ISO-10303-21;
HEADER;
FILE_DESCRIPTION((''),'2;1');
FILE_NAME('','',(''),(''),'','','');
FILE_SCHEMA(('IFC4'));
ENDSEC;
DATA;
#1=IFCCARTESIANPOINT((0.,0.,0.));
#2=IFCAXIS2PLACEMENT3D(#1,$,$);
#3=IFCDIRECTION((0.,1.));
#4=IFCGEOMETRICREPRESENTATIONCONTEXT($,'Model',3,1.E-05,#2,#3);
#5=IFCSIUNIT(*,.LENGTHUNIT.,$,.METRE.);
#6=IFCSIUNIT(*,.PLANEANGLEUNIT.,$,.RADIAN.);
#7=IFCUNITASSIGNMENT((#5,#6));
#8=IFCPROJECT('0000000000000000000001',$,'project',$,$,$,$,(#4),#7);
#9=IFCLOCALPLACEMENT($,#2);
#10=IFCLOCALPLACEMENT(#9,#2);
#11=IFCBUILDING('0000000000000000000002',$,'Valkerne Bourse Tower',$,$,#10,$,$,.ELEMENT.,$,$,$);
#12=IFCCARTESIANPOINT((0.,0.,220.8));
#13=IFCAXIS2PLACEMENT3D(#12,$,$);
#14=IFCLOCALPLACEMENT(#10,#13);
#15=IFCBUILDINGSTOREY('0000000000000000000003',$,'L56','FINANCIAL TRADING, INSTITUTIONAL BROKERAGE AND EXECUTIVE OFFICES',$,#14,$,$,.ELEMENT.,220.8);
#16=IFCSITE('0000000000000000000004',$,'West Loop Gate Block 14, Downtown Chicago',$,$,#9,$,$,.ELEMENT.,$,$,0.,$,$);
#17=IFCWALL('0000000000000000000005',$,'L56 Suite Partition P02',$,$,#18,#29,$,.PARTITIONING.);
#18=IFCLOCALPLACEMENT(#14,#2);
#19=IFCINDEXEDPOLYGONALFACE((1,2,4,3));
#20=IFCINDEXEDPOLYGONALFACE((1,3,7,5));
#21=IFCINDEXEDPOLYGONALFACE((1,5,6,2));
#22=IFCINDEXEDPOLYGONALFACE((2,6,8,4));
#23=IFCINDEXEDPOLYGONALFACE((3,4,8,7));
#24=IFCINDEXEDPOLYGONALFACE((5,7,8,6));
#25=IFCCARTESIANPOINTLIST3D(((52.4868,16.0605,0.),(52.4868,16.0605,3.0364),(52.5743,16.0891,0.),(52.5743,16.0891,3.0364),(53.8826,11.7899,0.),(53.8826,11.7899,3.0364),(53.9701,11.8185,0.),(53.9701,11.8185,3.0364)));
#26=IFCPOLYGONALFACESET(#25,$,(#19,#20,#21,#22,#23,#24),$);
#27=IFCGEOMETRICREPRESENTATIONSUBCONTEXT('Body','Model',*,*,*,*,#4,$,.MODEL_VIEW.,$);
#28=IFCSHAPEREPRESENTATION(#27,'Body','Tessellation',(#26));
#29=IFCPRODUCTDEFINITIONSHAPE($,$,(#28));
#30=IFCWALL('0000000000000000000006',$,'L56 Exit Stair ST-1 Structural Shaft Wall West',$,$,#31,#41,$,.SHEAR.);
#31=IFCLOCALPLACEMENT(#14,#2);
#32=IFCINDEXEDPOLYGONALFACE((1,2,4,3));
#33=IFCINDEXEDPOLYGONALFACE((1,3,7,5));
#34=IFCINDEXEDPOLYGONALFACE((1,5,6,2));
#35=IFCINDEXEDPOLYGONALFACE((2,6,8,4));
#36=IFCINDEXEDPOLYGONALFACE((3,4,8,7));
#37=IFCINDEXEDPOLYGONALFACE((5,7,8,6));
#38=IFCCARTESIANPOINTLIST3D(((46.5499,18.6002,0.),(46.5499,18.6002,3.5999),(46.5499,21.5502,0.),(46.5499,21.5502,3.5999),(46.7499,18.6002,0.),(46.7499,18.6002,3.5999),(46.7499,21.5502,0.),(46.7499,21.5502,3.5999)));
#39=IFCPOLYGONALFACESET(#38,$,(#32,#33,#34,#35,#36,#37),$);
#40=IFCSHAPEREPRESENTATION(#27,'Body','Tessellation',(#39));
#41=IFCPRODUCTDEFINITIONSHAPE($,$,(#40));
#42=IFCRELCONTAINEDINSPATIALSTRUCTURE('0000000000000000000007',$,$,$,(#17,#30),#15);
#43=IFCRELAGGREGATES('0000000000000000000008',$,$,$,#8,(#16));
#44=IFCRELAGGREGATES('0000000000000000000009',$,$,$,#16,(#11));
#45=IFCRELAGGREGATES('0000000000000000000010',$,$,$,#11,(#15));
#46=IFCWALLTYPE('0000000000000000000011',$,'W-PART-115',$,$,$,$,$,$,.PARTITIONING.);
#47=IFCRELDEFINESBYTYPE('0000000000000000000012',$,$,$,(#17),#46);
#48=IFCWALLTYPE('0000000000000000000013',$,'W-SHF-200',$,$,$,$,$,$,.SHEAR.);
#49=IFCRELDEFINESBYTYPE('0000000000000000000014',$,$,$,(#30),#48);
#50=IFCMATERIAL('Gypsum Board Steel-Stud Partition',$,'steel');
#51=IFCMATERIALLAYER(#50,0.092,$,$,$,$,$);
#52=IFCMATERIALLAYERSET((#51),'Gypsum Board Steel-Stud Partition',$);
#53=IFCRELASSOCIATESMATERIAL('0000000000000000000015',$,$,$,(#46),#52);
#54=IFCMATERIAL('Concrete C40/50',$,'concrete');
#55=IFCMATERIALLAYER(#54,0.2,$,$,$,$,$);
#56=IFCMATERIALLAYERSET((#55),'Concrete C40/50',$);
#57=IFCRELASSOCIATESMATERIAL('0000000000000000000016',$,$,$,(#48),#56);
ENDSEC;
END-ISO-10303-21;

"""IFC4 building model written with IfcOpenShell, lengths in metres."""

from ifc_helpers import new_model, si_unit, direction, frame, frame_2d, origin, place, context, subcontext, project, spatial, rectangle, extrude, material, layer, layer_set, type_object, element, save


model = new_model("IFC4")

# Units and contexts
model_context = context("Model", 3, precision=1e-05, world=origin(), true_north=direction((0.0, 1.0)))
body_context = subcontext(model_context, "Body", "Model", "MODEL_VIEW")
ifc_project = project(units=[si_unit("LENGTHUNIT", "METRE"), si_unit("PLANEANGLEUNIT", "RADIAN")], contexts=[model_context])

# Site, building, storey
site_placement = place(None, origin())
site = spatial("IfcSite", under=ifc_project, at=site_placement, Name="West Loop Gate Block 14, Downtown Chicago", CompositionType="ELEMENT", RefElevation=0.0)
building_placement = place(site_placement, origin())
building = spatial("IfcBuilding", under=site, at=building_placement, Name="Valkerne Bourse Tower", CompositionType="ELEMENT")
storey_placement = place(building_placement, frame((0.0, 0.0, 220.8)))
storey = spatial("IfcBuildingStorey", under=building, at=storey_placement, Name="L56", Description="FINANCIAL TRADING, INSTITUTIONAL BROKERAGE AND EXECUTIVE OFFICES", CompositionType="ELEMENT", Elevation=220.8)

# Walls
ifc_material_1 = material(Name="Gypsum Board Steel-Stud Partition", Category="steel")
ifc_layer_1 = layer(ifc_material_1, 0.092)
ifc_layer_set_1 = layer_set([ifc_layer_1], Name="Gypsum Board Steel-Stud Partition")
wall_type_1 = type_object("IfcWallType", Name="W-PART-115", PredefinedType="PARTITIONING", material=ifc_layer_set_1)
wall_1_placement = place(storey_placement, frame((52.5305, 16.075, 0.0), z_axis=(0.0, 0.0, 1.0), x_axis=(0.310663, -0.95052, 0.0)))
element("IfcWall", 1, at=wall_1_placement, inside=storey, type_object=wall_type_1, Name="L56 Suite Partition P02", PredefinedType="PARTITIONING", context=body_context, shape_type="SweptSolid", body=[
    extrude(rectangle(XDim=4.4929, YDim=0.092, at=frame_2d((2.2466, 0.0))), origin(), (0.0, 0.0, 1.0), 3.0364),
])
ifc_material_2 = material(Name="Concrete C40/50", Category="concrete")
ifc_layer_2 = layer(ifc_material_2, 0.2)
ifc_layer_set_2 = layer_set([ifc_layer_2], Name="Concrete C40/50")
wall_type_2 = type_object("IfcWallType", Name="W-SHF-200", PredefinedType="SHEAR", material=ifc_layer_set_2)
wall_2_placement = place(storey_placement, frame((46.6499, 18.6001, 0.0), z_axis=(0.0, 0.0, 1.0), x_axis=(0.0, 1.0, 0.0)))
element("IfcWall", 2, at=wall_2_placement, inside=storey, type_object=wall_type_2, Name="L56 Exit Stair ST-1 Structural Shaft Wall West", PredefinedType="SHEAR", context=body_context, shape_type="SweptSolid", body=[
    extrude(rectangle(XDim=2.95, YDim=0.2, at=frame_2d((1.4751, 0.0))), origin(), (0.0, 0.0, 1.0), 3.5999),
])

save(model, "model.ifc")
